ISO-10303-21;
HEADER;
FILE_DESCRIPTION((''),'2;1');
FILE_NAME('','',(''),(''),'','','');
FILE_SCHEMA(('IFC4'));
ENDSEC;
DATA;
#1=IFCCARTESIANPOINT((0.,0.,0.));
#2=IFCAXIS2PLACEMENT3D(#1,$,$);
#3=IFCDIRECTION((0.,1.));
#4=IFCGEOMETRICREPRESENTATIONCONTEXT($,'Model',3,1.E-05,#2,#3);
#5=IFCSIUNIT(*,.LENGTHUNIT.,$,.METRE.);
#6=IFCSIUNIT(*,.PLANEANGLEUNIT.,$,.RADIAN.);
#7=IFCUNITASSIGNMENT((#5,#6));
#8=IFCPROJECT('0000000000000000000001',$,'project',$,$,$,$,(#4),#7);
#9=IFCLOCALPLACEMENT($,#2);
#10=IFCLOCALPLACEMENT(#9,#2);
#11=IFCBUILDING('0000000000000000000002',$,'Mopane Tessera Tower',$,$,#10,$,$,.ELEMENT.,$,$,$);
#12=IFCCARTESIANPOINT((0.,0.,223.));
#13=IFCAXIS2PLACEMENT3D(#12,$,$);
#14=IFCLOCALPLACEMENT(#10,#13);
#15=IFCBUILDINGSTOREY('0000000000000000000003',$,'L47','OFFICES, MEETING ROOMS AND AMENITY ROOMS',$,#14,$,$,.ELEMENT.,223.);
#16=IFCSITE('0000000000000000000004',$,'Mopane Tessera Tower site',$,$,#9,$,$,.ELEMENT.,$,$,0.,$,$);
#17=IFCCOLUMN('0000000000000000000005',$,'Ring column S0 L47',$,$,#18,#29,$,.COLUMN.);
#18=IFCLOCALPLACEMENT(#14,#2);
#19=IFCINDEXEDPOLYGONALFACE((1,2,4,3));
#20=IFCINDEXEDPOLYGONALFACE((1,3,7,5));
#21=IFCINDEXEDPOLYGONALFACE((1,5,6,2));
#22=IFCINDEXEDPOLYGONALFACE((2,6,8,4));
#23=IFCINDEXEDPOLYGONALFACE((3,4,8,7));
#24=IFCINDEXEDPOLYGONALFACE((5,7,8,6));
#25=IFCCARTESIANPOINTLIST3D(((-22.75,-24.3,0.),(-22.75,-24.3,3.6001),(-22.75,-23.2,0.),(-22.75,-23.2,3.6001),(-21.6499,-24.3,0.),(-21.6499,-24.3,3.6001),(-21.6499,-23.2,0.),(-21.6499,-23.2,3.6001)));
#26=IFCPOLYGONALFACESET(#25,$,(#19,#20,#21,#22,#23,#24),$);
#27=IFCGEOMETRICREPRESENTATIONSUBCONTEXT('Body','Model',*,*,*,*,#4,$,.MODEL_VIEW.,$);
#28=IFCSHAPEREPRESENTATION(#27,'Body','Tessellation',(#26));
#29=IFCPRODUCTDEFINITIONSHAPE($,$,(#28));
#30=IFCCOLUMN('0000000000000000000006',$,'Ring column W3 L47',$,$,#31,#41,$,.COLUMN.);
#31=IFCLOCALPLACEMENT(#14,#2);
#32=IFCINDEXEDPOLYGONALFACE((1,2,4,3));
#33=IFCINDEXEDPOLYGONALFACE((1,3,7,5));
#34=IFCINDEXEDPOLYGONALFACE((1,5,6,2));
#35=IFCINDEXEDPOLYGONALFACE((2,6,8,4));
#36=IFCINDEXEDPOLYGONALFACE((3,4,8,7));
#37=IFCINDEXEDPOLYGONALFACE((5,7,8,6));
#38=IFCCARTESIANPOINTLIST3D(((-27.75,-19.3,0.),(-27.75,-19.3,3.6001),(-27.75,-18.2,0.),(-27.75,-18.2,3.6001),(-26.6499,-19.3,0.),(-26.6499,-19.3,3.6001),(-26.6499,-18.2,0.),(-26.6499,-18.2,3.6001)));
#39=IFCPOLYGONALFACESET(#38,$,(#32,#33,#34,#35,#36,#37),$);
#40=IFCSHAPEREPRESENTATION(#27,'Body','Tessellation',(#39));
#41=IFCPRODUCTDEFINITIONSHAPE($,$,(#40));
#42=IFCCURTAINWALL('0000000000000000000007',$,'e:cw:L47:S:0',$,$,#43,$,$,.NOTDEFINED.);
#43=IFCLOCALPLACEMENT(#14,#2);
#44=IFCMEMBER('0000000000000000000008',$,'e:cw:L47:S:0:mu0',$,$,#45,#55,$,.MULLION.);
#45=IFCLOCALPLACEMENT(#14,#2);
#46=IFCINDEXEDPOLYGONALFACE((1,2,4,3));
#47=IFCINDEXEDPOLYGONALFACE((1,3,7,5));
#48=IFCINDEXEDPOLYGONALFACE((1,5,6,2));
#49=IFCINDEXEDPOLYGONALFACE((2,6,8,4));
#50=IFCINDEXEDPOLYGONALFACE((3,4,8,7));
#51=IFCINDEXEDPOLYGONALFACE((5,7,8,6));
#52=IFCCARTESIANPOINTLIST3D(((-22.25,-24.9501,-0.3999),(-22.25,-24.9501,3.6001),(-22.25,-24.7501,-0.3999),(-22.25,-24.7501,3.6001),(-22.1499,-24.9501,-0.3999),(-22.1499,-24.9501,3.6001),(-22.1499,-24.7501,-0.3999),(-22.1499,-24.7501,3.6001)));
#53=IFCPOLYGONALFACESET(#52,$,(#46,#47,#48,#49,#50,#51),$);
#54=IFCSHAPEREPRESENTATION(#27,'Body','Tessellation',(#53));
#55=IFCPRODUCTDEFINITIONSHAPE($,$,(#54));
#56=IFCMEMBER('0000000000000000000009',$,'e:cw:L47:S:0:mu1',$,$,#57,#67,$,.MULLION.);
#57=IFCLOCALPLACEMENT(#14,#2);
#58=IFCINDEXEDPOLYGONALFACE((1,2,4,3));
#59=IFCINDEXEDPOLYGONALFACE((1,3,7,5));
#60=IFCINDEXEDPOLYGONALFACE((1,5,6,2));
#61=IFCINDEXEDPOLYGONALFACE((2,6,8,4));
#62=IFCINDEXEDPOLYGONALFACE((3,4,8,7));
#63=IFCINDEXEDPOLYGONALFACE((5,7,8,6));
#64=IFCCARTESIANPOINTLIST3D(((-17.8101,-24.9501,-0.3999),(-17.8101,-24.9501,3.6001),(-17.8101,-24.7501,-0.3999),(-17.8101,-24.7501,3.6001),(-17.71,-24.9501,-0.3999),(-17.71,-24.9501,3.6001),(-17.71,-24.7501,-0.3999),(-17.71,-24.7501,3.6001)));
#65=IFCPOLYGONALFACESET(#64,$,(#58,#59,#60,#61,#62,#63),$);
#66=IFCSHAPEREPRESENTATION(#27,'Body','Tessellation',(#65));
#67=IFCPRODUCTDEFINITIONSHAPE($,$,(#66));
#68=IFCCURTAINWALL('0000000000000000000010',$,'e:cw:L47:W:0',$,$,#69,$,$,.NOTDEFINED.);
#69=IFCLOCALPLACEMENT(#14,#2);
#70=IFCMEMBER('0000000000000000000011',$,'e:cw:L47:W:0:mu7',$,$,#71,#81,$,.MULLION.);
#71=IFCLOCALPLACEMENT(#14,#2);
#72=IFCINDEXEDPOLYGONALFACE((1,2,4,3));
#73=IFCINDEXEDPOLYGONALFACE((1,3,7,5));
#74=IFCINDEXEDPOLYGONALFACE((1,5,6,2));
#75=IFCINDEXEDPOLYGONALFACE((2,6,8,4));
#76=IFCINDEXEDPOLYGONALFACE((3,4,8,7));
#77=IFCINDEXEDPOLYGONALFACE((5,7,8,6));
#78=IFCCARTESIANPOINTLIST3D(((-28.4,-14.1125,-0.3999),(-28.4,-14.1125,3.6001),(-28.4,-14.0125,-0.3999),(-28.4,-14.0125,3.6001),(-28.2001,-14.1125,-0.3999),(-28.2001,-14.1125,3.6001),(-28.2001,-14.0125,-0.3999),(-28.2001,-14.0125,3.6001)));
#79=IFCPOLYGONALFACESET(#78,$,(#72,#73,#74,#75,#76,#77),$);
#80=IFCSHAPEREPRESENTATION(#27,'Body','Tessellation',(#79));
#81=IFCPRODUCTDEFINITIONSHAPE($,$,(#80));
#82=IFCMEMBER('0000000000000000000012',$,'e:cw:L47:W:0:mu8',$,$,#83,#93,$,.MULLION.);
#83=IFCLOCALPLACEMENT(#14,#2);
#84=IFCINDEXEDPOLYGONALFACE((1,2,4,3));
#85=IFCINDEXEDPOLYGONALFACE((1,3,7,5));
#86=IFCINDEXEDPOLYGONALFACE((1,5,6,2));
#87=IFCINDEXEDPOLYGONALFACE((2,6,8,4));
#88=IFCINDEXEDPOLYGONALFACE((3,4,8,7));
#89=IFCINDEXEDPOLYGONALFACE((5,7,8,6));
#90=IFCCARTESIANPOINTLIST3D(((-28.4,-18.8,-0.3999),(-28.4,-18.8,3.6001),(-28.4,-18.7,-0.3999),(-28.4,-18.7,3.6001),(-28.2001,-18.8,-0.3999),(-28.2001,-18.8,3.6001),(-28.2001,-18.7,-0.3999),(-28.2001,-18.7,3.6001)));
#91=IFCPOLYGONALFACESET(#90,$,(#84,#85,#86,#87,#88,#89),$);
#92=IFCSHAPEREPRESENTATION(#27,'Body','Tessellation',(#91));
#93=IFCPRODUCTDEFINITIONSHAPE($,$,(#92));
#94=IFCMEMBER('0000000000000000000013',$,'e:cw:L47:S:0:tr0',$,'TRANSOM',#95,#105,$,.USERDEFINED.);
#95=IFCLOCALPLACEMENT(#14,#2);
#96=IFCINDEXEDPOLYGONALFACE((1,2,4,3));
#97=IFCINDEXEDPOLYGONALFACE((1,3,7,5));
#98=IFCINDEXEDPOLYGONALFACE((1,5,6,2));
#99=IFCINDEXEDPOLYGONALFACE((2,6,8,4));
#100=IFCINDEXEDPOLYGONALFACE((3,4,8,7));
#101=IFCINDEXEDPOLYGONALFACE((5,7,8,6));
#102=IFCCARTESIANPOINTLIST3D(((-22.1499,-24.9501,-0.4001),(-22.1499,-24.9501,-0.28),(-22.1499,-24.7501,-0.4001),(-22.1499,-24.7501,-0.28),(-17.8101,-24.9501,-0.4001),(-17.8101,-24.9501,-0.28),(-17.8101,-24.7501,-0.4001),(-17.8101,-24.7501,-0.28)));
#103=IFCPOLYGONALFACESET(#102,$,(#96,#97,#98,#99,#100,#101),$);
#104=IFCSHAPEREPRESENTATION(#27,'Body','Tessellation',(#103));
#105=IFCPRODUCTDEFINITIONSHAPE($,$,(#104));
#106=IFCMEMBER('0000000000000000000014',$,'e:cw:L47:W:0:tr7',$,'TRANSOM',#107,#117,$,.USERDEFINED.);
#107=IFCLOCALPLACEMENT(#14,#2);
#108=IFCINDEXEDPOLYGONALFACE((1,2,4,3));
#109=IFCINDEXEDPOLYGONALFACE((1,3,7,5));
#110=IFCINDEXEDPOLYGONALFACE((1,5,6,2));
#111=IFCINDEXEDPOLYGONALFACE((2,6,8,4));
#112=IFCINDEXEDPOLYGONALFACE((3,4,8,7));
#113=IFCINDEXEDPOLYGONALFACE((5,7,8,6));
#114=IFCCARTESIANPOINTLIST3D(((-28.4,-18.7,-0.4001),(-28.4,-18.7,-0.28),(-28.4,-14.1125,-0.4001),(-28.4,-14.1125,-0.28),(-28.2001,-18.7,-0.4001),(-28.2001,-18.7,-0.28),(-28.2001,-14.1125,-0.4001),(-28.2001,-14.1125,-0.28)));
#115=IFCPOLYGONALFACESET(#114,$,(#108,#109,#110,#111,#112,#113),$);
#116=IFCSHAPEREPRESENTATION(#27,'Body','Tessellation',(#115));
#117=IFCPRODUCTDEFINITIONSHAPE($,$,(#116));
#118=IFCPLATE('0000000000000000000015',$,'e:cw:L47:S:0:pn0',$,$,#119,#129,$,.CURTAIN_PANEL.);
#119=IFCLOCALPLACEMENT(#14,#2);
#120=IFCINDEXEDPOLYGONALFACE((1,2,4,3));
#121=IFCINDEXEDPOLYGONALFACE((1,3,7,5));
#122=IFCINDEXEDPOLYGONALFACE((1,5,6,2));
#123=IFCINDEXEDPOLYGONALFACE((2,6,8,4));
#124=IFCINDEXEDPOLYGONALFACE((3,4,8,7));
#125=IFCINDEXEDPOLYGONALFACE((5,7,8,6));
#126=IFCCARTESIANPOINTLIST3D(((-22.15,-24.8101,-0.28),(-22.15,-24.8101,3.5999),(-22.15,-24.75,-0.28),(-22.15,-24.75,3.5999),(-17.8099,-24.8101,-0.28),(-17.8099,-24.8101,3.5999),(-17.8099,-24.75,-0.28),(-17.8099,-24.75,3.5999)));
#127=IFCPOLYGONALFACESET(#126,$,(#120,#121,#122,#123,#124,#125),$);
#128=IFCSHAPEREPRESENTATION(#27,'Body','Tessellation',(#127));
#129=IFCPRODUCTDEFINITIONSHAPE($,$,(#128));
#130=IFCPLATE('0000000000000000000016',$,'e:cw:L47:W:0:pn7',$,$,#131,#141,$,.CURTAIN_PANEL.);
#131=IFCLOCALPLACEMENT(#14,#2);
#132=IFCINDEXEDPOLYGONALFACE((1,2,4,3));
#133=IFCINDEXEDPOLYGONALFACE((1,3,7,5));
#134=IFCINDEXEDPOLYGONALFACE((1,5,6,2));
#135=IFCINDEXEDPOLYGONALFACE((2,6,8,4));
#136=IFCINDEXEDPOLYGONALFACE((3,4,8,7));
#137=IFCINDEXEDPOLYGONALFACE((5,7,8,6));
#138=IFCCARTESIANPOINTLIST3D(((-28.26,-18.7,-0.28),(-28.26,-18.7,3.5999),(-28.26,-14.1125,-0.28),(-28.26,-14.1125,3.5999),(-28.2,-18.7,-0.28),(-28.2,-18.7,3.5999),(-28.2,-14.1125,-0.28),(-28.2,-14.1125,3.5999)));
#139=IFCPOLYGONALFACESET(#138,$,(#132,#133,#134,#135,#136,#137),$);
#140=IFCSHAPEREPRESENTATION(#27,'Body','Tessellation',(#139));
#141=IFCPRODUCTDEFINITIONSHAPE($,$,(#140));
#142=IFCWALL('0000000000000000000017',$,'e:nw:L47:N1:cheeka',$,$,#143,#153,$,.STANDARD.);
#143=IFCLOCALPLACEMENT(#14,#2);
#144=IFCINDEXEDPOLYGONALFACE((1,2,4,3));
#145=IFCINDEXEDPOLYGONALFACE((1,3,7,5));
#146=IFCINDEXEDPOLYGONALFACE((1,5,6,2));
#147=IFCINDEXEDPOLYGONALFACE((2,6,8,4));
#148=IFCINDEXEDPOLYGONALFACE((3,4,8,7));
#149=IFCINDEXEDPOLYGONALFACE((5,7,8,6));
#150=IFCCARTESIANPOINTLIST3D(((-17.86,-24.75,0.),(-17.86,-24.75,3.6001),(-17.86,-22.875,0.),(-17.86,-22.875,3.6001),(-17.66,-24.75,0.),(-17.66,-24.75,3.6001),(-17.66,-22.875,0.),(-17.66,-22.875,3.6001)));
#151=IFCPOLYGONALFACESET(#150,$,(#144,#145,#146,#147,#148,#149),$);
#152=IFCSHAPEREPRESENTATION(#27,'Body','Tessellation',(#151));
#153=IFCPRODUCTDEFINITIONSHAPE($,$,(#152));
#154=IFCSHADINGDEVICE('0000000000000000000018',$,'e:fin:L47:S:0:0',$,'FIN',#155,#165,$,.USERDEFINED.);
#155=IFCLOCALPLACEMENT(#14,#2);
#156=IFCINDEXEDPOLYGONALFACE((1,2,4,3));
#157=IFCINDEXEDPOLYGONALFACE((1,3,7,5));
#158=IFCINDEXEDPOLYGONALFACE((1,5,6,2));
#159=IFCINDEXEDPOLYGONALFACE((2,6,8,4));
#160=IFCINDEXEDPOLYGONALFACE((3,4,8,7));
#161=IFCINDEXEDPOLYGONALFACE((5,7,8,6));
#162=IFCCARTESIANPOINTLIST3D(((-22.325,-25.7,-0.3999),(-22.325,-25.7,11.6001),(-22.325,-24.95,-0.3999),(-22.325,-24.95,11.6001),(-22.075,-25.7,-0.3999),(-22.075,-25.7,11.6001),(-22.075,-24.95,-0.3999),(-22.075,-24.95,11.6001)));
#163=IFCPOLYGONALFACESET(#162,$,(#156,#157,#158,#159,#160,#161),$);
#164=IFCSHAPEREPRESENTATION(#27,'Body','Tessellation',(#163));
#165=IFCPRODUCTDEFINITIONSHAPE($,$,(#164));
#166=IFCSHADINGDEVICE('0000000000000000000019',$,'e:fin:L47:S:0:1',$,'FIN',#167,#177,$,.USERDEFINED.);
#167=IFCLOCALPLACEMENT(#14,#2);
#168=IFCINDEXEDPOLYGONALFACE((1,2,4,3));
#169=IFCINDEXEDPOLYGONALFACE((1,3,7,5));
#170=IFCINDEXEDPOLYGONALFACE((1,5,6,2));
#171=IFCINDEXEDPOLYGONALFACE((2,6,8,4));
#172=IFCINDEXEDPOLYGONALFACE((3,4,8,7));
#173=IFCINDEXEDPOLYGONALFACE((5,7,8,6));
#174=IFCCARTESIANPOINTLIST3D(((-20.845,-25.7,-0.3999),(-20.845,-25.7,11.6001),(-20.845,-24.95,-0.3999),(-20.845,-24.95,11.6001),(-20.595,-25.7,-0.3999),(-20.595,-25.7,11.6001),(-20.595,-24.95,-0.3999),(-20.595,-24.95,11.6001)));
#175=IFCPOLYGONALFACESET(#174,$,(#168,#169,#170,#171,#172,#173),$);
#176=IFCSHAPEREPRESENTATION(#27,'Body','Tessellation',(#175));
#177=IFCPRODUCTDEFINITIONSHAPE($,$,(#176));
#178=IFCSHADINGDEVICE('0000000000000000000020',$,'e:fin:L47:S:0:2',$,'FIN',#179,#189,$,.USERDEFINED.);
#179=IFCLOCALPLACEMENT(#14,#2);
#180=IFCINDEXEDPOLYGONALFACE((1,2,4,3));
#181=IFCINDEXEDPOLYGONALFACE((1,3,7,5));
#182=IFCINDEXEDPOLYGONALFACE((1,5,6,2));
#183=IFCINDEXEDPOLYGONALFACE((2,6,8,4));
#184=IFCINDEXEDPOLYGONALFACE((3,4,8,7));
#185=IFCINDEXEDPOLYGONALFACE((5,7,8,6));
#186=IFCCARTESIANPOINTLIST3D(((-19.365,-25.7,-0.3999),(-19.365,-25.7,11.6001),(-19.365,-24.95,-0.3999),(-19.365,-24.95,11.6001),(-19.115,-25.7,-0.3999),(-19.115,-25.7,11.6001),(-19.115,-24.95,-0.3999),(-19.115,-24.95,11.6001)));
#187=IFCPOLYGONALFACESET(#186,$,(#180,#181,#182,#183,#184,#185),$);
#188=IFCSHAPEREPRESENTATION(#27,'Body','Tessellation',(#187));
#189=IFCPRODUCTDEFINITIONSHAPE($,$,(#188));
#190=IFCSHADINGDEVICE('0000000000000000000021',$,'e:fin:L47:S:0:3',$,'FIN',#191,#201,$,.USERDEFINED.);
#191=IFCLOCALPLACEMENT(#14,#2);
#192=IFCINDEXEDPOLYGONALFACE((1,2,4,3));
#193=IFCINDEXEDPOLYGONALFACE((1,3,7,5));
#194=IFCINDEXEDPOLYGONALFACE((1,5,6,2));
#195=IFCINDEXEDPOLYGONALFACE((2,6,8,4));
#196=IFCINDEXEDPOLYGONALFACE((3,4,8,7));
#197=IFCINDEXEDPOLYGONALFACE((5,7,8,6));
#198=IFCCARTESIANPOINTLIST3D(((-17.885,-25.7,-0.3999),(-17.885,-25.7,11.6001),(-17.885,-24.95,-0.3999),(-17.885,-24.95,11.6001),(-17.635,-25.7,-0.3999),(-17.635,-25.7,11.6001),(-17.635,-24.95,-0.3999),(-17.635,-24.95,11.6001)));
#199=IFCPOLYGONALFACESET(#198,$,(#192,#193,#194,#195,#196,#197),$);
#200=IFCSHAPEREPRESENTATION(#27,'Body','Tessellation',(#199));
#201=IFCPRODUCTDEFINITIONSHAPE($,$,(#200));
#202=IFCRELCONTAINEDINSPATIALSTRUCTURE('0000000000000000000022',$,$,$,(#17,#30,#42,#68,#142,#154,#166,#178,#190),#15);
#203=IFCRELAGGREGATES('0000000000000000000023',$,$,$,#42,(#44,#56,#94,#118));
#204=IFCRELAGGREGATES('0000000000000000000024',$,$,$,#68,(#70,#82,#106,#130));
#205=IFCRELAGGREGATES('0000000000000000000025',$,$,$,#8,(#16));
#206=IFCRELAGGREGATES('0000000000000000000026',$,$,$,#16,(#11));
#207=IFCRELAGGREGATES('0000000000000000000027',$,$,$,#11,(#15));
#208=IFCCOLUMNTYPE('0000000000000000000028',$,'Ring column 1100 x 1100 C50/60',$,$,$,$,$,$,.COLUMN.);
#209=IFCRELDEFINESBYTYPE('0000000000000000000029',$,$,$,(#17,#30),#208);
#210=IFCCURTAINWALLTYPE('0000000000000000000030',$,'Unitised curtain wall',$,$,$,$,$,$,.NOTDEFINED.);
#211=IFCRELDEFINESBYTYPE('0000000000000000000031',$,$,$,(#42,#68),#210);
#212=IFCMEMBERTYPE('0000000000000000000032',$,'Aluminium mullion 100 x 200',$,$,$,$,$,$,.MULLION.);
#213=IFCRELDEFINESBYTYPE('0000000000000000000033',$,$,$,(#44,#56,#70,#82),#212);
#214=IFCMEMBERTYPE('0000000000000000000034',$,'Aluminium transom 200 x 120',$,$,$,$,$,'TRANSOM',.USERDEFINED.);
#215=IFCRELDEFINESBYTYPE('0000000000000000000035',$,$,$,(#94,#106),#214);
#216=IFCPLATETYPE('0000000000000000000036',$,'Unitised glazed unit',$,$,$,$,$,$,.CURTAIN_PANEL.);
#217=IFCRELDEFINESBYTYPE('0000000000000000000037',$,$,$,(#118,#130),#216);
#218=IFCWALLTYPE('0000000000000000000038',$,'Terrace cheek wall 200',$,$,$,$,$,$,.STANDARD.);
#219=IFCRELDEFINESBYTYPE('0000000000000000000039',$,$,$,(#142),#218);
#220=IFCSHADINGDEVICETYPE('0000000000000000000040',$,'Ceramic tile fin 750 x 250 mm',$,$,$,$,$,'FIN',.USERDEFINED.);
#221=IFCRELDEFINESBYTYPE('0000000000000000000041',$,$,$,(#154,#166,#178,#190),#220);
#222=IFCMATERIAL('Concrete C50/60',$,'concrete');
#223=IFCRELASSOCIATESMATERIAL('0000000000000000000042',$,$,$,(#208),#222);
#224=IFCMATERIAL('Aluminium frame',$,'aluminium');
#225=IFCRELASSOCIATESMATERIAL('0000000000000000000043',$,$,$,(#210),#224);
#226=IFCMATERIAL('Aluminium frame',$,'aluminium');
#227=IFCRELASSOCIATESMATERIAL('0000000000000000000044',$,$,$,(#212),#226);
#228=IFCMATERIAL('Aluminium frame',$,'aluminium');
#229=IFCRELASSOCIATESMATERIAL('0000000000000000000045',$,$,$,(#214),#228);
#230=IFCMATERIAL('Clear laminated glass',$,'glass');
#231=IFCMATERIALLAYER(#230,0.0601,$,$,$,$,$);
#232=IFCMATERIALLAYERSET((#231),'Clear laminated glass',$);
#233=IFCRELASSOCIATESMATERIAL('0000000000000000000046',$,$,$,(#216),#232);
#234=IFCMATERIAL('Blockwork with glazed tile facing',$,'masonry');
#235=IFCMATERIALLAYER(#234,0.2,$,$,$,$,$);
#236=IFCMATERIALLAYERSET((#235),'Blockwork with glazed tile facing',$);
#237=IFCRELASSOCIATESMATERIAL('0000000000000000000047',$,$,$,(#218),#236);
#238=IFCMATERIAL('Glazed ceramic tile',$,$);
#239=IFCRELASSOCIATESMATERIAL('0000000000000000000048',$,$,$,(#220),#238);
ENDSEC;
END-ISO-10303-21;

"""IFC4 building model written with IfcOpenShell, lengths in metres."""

from ifc_helpers import new_model, si_unit, direction, frame, frame_2d, origin, origin_2d, place, context, subcontext, project, spatial, rectangle, extrude, material, layer, layer_set, material_profile, profile_set, type_object, element, aggregate, save


model = new_model("IFC4")

# Units and contexts
model_context = context("Model", 3, precision=1e-05, world=origin(), true_north=direction((0.0, 1.0)))
body_context = subcontext(model_context, "Body", "Model", "MODEL_VIEW")
ifc_project = project(units=[si_unit("LENGTHUNIT", "METRE"), si_unit("PLANEANGLEUNIT", "RADIAN")], contexts=[model_context])

# Site, building, storey
site_placement = place(None, origin())
site = spatial("IfcSite", under=ifc_project, at=site_placement, Name="Mopane Tessera Tower site", CompositionType="ELEMENT", RefElevation=0.0)
building_placement = place(site_placement, origin())
building = spatial("IfcBuilding", under=site, at=building_placement, Name="Mopane Tessera Tower", CompositionType="ELEMENT")
storey_placement = place(building_placement, frame((0.0, 0.0, 223.0)))
storey = spatial("IfcBuildingStorey", under=building, at=storey_placement, Name="L47", Description="OFFICES, MEETING ROOMS AND AMENITY ROOMS", CompositionType="ELEMENT", Elevation=223.0)

# Columns
ifc_material_1 = material(Name="Concrete C50/60", Category="concrete")
ifc_material_profile_1 = material_profile(ifc_material_1, rectangle(XDim=1.1001, YDim=1.1001, at=origin_2d()))
ifc_profile_set_1 = profile_set([ifc_material_profile_1], Name="Concrete C50/60")
column_type = type_object("IfcColumnType", Name="Ring column 1100 x 1100 C50/60", PredefinedType="COLUMN", material=ifc_profile_set_1)
for number, where, z_axis, x_axis, name in (
    (1, (-22.2, -23.75, 0.0), (0.0, 0.0, 1.0), (1.0, 0.0, 0.0), "Ring column S0 L47"),
    (2, (-27.2, -18.75, 0.0), (0.0, 0.0, 1.0), (1.0, 0.0, 0.0), "Ring column W3 L47"),
):
    element("IfcColumn", number, at=place(storey_placement, frame(where, z_axis=z_axis, x_axis=x_axis)), inside=storey, type_object=column_type, Name=name, PredefinedType="COLUMN", context=body_context, shape_type="SweptSolid", body=[
        extrude(rectangle(XDim=1.1001, YDim=1.1001, at=origin_2d()), origin(), (0.0, 0.0, 1.0), 3.6001),
    ])

# Curtain walls, members
ifc_material_2 = material(Name="Aluminium frame", Category="aluminium")
curtain_wall_type = type_object("IfcCurtainWallType", Name="Unitised curtain wall", PredefinedType="NOTDEFINED", material=ifc_material_2)
curtain_wall_1_placement = place(storey_placement, origin())
curtain_wall_1 = element("IfcCurtainWall", 3, at=curtain_wall_1_placement, inside=storey, type_object=curtain_wall_type, Name="e:cw:L47:S:0", PredefinedType="NOTDEFINED")
ifc_material_3 = material(Name="Aluminium frame", Category="aluminium")
ifc_material_profile_2 = material_profile(ifc_material_3, rectangle(XDim=0.1001, YDim=0.2, at=origin_2d()))
ifc_profile_set_2 = profile_set([ifc_material_profile_2], Name="Aluminium frame")
member_type_1 = type_object("IfcMemberType", Name="Aluminium mullion 100 x 200", PredefinedType="MULLION", material=ifc_profile_set_2)
member_1_placement = place(storey_placement, frame((-22.2, -24.8501, -0.3999), z_axis=(0.0, 0.0, 1.0), x_axis=(1.0, 0.0, 0.0)))
member_1 = element("IfcMember", 4, at=member_1_placement, type_object=member_type_1, Name="e:cw:L47:S:0:mu0", PredefinedType="MULLION", context=body_context, shape_type="SweptSolid", body=[
    extrude(rectangle(XDim=0.1001, YDim=0.2, at=origin_2d()), origin(), (0.0, 0.0, 1.0), 4.0),
])
member_2_placement = place(storey_placement, frame((-17.76, -24.8501, -0.3999), z_axis=(0.0, 0.0, 1.0), x_axis=(1.0, 0.0, 0.0)))
member_2 = element("IfcMember", 5, at=member_2_placement, type_object=member_type_1, Name="e:cw:L47:S:0:mu1", PredefinedType="MULLION", context=body_context, shape_type="SweptSolid", body=[
    extrude(rectangle(XDim=0.1001, YDim=0.2, at=origin_2d()), origin(), (0.0, 0.0, 1.0), 4.0),
])
curtain_wall_2_placement = place(storey_placement, origin())
curtain_wall_2 = element("IfcCurtainWall", 6, at=curtain_wall_2_placement, inside=storey, type_object=curtain_wall_type, Name="e:cw:L47:W:0", PredefinedType="NOTDEFINED")
member_3_placement = place(storey_placement, frame((-28.3, -14.0625, -0.3999), z_axis=(0.0, 0.0, 1.0), x_axis=(0.0, -1.0, 0.0)))
member_3 = element("IfcMember", 7, at=member_3_placement, type_object=member_type_1, Name="e:cw:L47:W:0:mu7", PredefinedType="MULLION", context=body_context, shape_type="SweptSolid", body=[
    extrude(rectangle(XDim=0.1001, YDim=0.2, at=origin_2d()), origin(), (0.0, 0.0, 1.0), 4.0),
])
member_4_placement = place(storey_placement, frame((-28.3, -18.75, -0.3999), z_axis=(0.0, 0.0, 1.0), x_axis=(0.0, -1.0, 0.0)))
member_4 = element("IfcMember", 8, at=member_4_placement, type_object=member_type_1, Name="e:cw:L47:W:0:mu8", PredefinedType="MULLION", context=body_context, shape_type="SweptSolid", body=[
    extrude(rectangle(XDim=0.1001, YDim=0.2, at=origin_2d()), origin(), (0.0, 0.0, 1.0), 4.0),
])

# Members
ifc_material_4 = material(Name="Aluminium frame", Category="aluminium")
ifc_material_profile_3 = material_profile(ifc_material_4, rectangle(XDim=0.2, YDim=0.1201, at=origin_2d()))
ifc_profile_set_3 = profile_set([ifc_material_profile_3], Name="Aluminium frame")
member_type_2 = type_object("IfcMemberType", Name="Aluminium transom 200 x 120", ElementType="TRANSOM", PredefinedType="USERDEFINED", material=ifc_profile_set_3)
member_5_placement = place(storey_placement, frame((-22.1499, -24.8501, -0.3401), z_axis=(1.0, 0.0, 0.0), x_axis=(0.0, 1.0, 0.0)))
member_5 = element("IfcMember", 9, at=member_5_placement, type_object=member_type_2, Name="e:cw:L47:S:0:tr0", ObjectType="TRANSOM", PredefinedType="USERDEFINED", context=body_context, shape_type="SweptSolid", body=[
    extrude(rectangle(XDim=0.2, YDim=0.1201, at=origin_2d()), origin(), (0.0, 0.0, 1.0), 4.3398),
])
member_6_placement = place(storey_placement, frame((-28.3, -14.1125, -0.3401), z_axis=(0.0, -1.0, 0.0), x_axis=(1.0, 0.0, 0.0)))
member_6 = element("IfcMember", 10, at=member_6_placement, type_object=member_type_2, Name="e:cw:L47:W:0:tr7", ObjectType="TRANSOM", PredefinedType="USERDEFINED", context=body_context, shape_type="SweptSolid", body=[
    extrude(rectangle(XDim=0.2, YDim=0.1201, at=origin_2d()), origin(), (0.0, 0.0, 1.0), 4.5874),
])

# Plates
ifc_material_5 = material(Name="Clear laminated glass", Category="glass")
ifc_layer_1 = layer(ifc_material_5, 0.0601)
ifc_layer_set_1 = layer_set([ifc_layer_1], Name="Clear laminated glass")
plate_type = type_object("IfcPlateType", Name="Unitised glazed unit", PredefinedType="CURTAIN_PANEL", material=ifc_layer_set_1)
plate_1_placement = place(storey_placement, frame((-19.98, -24.78, -0.28), z_axis=(0.0, 0.0, 1.0), x_axis=(1.0, 0.0, 0.0)))
plate_1 = element("IfcPlate", 11, at=plate_1_placement, type_object=plate_type, Name="e:cw:L47:S:0:pn0", PredefinedType="CURTAIN_PANEL", context=body_context, shape_type="SweptSolid", body=[
    extrude(rectangle(XDim=4.3401, YDim=0.0601, at=origin_2d()), origin(), (0.0, 0.0, 1.0), 3.8799),
])
aggregate(curtain_wall_1, [member_1, member_2, member_5, plate_1])
plate_2_placement = place(storey_placement, frame((-28.23, -16.4062, -0.28), z_axis=(0.0, 0.0, 1.0), x_axis=(0.0, -1.0, 0.0)))
plate_2 = element("IfcPlate", 12, at=plate_2_placement, type_object=plate_type, Name="e:cw:L47:W:0:pn7", PredefinedType="CURTAIN_PANEL", context=body_context, shape_type="SweptSolid", body=[
    extrude(rectangle(XDim=4.5874, YDim=0.0601, at=origin_2d()), origin(), (0.0, 0.0, 1.0), 3.8799),
])
aggregate(curtain_wall_2, [member_3, member_4, member_6, plate_2])

# Wall
ifc_material_6 = material(Name="Blockwork with glazed tile facing", Category="masonry")
ifc_layer_2 = layer(ifc_material_6, 0.2)
ifc_layer_set_2 = layer_set([ifc_layer_2], Name="Blockwork with glazed tile facing")
wall_type_1 = type_object("IfcWallType", Name="Terrace cheek wall 200", PredefinedType="STANDARD", material=ifc_layer_set_2)
wall_1_placement = place(storey_placement, frame((-17.76, -24.75, 0.0), z_axis=(0.0, 0.0, 1.0), x_axis=(0.0, 1.0, 0.0)))
element("IfcWall", 13, at=wall_1_placement, inside=storey, type_object=wall_type_1, Name="e:nw:L47:N1:cheeka", PredefinedType="STANDARD", context=body_context, shape_type="SweptSolid", body=[
    extrude(rectangle(XDim=1.875, YDim=0.2, at=frame_2d((0.9375, 0.0))), origin(), (0.0, 0.0, 1.0), 3.6001),
])

# Shading devices
ifc_material_7 = material(Name="Glazed ceramic tile")
shading_device_type = type_object("IfcShadingDeviceType", Name="Ceramic tile fin 750 x 250 mm", ElementType="FIN", PredefinedType="USERDEFINED", material=ifc_material_7)
for number, where, z_axis, x_axis, name in (
    (14, (-22.2, -25.325, -0.3999), (0.0, 0.0, 1.0), (1.0, 0.0, 0.0), "e:fin:L47:S:0:0"),
    (15, (-20.72, -25.325, -0.3999), (0.0, 0.0, 1.0), (1.0, 0.0, 0.0), "e:fin:L47:S:0:1"),
    (16, (-19.24, -25.325, -0.3999), (0.0, 0.0, 1.0), (1.0, 0.0, 0.0), "e:fin:L47:S:0:2"),
    (17, (-17.76, -25.325, -0.3999), (0.0, 0.0, 1.0), (1.0, 0.0, 0.0), "e:fin:L47:S:0:3"),
):
    element("IfcShadingDevice", number, at=place(storey_placement, frame(where, z_axis=z_axis, x_axis=x_axis)), inside=storey, type_object=shading_device_type, Name=name, ObjectType="FIN", PredefinedType="USERDEFINED", context=body_context, shape_type="SweptSolid", body=[
        extrude(rectangle(XDim=0.25, YDim=0.75, at=origin_2d()), origin(), (0.0, 0.0, 1.0), 12.0),
    ])

save(model, "model.ifc")
